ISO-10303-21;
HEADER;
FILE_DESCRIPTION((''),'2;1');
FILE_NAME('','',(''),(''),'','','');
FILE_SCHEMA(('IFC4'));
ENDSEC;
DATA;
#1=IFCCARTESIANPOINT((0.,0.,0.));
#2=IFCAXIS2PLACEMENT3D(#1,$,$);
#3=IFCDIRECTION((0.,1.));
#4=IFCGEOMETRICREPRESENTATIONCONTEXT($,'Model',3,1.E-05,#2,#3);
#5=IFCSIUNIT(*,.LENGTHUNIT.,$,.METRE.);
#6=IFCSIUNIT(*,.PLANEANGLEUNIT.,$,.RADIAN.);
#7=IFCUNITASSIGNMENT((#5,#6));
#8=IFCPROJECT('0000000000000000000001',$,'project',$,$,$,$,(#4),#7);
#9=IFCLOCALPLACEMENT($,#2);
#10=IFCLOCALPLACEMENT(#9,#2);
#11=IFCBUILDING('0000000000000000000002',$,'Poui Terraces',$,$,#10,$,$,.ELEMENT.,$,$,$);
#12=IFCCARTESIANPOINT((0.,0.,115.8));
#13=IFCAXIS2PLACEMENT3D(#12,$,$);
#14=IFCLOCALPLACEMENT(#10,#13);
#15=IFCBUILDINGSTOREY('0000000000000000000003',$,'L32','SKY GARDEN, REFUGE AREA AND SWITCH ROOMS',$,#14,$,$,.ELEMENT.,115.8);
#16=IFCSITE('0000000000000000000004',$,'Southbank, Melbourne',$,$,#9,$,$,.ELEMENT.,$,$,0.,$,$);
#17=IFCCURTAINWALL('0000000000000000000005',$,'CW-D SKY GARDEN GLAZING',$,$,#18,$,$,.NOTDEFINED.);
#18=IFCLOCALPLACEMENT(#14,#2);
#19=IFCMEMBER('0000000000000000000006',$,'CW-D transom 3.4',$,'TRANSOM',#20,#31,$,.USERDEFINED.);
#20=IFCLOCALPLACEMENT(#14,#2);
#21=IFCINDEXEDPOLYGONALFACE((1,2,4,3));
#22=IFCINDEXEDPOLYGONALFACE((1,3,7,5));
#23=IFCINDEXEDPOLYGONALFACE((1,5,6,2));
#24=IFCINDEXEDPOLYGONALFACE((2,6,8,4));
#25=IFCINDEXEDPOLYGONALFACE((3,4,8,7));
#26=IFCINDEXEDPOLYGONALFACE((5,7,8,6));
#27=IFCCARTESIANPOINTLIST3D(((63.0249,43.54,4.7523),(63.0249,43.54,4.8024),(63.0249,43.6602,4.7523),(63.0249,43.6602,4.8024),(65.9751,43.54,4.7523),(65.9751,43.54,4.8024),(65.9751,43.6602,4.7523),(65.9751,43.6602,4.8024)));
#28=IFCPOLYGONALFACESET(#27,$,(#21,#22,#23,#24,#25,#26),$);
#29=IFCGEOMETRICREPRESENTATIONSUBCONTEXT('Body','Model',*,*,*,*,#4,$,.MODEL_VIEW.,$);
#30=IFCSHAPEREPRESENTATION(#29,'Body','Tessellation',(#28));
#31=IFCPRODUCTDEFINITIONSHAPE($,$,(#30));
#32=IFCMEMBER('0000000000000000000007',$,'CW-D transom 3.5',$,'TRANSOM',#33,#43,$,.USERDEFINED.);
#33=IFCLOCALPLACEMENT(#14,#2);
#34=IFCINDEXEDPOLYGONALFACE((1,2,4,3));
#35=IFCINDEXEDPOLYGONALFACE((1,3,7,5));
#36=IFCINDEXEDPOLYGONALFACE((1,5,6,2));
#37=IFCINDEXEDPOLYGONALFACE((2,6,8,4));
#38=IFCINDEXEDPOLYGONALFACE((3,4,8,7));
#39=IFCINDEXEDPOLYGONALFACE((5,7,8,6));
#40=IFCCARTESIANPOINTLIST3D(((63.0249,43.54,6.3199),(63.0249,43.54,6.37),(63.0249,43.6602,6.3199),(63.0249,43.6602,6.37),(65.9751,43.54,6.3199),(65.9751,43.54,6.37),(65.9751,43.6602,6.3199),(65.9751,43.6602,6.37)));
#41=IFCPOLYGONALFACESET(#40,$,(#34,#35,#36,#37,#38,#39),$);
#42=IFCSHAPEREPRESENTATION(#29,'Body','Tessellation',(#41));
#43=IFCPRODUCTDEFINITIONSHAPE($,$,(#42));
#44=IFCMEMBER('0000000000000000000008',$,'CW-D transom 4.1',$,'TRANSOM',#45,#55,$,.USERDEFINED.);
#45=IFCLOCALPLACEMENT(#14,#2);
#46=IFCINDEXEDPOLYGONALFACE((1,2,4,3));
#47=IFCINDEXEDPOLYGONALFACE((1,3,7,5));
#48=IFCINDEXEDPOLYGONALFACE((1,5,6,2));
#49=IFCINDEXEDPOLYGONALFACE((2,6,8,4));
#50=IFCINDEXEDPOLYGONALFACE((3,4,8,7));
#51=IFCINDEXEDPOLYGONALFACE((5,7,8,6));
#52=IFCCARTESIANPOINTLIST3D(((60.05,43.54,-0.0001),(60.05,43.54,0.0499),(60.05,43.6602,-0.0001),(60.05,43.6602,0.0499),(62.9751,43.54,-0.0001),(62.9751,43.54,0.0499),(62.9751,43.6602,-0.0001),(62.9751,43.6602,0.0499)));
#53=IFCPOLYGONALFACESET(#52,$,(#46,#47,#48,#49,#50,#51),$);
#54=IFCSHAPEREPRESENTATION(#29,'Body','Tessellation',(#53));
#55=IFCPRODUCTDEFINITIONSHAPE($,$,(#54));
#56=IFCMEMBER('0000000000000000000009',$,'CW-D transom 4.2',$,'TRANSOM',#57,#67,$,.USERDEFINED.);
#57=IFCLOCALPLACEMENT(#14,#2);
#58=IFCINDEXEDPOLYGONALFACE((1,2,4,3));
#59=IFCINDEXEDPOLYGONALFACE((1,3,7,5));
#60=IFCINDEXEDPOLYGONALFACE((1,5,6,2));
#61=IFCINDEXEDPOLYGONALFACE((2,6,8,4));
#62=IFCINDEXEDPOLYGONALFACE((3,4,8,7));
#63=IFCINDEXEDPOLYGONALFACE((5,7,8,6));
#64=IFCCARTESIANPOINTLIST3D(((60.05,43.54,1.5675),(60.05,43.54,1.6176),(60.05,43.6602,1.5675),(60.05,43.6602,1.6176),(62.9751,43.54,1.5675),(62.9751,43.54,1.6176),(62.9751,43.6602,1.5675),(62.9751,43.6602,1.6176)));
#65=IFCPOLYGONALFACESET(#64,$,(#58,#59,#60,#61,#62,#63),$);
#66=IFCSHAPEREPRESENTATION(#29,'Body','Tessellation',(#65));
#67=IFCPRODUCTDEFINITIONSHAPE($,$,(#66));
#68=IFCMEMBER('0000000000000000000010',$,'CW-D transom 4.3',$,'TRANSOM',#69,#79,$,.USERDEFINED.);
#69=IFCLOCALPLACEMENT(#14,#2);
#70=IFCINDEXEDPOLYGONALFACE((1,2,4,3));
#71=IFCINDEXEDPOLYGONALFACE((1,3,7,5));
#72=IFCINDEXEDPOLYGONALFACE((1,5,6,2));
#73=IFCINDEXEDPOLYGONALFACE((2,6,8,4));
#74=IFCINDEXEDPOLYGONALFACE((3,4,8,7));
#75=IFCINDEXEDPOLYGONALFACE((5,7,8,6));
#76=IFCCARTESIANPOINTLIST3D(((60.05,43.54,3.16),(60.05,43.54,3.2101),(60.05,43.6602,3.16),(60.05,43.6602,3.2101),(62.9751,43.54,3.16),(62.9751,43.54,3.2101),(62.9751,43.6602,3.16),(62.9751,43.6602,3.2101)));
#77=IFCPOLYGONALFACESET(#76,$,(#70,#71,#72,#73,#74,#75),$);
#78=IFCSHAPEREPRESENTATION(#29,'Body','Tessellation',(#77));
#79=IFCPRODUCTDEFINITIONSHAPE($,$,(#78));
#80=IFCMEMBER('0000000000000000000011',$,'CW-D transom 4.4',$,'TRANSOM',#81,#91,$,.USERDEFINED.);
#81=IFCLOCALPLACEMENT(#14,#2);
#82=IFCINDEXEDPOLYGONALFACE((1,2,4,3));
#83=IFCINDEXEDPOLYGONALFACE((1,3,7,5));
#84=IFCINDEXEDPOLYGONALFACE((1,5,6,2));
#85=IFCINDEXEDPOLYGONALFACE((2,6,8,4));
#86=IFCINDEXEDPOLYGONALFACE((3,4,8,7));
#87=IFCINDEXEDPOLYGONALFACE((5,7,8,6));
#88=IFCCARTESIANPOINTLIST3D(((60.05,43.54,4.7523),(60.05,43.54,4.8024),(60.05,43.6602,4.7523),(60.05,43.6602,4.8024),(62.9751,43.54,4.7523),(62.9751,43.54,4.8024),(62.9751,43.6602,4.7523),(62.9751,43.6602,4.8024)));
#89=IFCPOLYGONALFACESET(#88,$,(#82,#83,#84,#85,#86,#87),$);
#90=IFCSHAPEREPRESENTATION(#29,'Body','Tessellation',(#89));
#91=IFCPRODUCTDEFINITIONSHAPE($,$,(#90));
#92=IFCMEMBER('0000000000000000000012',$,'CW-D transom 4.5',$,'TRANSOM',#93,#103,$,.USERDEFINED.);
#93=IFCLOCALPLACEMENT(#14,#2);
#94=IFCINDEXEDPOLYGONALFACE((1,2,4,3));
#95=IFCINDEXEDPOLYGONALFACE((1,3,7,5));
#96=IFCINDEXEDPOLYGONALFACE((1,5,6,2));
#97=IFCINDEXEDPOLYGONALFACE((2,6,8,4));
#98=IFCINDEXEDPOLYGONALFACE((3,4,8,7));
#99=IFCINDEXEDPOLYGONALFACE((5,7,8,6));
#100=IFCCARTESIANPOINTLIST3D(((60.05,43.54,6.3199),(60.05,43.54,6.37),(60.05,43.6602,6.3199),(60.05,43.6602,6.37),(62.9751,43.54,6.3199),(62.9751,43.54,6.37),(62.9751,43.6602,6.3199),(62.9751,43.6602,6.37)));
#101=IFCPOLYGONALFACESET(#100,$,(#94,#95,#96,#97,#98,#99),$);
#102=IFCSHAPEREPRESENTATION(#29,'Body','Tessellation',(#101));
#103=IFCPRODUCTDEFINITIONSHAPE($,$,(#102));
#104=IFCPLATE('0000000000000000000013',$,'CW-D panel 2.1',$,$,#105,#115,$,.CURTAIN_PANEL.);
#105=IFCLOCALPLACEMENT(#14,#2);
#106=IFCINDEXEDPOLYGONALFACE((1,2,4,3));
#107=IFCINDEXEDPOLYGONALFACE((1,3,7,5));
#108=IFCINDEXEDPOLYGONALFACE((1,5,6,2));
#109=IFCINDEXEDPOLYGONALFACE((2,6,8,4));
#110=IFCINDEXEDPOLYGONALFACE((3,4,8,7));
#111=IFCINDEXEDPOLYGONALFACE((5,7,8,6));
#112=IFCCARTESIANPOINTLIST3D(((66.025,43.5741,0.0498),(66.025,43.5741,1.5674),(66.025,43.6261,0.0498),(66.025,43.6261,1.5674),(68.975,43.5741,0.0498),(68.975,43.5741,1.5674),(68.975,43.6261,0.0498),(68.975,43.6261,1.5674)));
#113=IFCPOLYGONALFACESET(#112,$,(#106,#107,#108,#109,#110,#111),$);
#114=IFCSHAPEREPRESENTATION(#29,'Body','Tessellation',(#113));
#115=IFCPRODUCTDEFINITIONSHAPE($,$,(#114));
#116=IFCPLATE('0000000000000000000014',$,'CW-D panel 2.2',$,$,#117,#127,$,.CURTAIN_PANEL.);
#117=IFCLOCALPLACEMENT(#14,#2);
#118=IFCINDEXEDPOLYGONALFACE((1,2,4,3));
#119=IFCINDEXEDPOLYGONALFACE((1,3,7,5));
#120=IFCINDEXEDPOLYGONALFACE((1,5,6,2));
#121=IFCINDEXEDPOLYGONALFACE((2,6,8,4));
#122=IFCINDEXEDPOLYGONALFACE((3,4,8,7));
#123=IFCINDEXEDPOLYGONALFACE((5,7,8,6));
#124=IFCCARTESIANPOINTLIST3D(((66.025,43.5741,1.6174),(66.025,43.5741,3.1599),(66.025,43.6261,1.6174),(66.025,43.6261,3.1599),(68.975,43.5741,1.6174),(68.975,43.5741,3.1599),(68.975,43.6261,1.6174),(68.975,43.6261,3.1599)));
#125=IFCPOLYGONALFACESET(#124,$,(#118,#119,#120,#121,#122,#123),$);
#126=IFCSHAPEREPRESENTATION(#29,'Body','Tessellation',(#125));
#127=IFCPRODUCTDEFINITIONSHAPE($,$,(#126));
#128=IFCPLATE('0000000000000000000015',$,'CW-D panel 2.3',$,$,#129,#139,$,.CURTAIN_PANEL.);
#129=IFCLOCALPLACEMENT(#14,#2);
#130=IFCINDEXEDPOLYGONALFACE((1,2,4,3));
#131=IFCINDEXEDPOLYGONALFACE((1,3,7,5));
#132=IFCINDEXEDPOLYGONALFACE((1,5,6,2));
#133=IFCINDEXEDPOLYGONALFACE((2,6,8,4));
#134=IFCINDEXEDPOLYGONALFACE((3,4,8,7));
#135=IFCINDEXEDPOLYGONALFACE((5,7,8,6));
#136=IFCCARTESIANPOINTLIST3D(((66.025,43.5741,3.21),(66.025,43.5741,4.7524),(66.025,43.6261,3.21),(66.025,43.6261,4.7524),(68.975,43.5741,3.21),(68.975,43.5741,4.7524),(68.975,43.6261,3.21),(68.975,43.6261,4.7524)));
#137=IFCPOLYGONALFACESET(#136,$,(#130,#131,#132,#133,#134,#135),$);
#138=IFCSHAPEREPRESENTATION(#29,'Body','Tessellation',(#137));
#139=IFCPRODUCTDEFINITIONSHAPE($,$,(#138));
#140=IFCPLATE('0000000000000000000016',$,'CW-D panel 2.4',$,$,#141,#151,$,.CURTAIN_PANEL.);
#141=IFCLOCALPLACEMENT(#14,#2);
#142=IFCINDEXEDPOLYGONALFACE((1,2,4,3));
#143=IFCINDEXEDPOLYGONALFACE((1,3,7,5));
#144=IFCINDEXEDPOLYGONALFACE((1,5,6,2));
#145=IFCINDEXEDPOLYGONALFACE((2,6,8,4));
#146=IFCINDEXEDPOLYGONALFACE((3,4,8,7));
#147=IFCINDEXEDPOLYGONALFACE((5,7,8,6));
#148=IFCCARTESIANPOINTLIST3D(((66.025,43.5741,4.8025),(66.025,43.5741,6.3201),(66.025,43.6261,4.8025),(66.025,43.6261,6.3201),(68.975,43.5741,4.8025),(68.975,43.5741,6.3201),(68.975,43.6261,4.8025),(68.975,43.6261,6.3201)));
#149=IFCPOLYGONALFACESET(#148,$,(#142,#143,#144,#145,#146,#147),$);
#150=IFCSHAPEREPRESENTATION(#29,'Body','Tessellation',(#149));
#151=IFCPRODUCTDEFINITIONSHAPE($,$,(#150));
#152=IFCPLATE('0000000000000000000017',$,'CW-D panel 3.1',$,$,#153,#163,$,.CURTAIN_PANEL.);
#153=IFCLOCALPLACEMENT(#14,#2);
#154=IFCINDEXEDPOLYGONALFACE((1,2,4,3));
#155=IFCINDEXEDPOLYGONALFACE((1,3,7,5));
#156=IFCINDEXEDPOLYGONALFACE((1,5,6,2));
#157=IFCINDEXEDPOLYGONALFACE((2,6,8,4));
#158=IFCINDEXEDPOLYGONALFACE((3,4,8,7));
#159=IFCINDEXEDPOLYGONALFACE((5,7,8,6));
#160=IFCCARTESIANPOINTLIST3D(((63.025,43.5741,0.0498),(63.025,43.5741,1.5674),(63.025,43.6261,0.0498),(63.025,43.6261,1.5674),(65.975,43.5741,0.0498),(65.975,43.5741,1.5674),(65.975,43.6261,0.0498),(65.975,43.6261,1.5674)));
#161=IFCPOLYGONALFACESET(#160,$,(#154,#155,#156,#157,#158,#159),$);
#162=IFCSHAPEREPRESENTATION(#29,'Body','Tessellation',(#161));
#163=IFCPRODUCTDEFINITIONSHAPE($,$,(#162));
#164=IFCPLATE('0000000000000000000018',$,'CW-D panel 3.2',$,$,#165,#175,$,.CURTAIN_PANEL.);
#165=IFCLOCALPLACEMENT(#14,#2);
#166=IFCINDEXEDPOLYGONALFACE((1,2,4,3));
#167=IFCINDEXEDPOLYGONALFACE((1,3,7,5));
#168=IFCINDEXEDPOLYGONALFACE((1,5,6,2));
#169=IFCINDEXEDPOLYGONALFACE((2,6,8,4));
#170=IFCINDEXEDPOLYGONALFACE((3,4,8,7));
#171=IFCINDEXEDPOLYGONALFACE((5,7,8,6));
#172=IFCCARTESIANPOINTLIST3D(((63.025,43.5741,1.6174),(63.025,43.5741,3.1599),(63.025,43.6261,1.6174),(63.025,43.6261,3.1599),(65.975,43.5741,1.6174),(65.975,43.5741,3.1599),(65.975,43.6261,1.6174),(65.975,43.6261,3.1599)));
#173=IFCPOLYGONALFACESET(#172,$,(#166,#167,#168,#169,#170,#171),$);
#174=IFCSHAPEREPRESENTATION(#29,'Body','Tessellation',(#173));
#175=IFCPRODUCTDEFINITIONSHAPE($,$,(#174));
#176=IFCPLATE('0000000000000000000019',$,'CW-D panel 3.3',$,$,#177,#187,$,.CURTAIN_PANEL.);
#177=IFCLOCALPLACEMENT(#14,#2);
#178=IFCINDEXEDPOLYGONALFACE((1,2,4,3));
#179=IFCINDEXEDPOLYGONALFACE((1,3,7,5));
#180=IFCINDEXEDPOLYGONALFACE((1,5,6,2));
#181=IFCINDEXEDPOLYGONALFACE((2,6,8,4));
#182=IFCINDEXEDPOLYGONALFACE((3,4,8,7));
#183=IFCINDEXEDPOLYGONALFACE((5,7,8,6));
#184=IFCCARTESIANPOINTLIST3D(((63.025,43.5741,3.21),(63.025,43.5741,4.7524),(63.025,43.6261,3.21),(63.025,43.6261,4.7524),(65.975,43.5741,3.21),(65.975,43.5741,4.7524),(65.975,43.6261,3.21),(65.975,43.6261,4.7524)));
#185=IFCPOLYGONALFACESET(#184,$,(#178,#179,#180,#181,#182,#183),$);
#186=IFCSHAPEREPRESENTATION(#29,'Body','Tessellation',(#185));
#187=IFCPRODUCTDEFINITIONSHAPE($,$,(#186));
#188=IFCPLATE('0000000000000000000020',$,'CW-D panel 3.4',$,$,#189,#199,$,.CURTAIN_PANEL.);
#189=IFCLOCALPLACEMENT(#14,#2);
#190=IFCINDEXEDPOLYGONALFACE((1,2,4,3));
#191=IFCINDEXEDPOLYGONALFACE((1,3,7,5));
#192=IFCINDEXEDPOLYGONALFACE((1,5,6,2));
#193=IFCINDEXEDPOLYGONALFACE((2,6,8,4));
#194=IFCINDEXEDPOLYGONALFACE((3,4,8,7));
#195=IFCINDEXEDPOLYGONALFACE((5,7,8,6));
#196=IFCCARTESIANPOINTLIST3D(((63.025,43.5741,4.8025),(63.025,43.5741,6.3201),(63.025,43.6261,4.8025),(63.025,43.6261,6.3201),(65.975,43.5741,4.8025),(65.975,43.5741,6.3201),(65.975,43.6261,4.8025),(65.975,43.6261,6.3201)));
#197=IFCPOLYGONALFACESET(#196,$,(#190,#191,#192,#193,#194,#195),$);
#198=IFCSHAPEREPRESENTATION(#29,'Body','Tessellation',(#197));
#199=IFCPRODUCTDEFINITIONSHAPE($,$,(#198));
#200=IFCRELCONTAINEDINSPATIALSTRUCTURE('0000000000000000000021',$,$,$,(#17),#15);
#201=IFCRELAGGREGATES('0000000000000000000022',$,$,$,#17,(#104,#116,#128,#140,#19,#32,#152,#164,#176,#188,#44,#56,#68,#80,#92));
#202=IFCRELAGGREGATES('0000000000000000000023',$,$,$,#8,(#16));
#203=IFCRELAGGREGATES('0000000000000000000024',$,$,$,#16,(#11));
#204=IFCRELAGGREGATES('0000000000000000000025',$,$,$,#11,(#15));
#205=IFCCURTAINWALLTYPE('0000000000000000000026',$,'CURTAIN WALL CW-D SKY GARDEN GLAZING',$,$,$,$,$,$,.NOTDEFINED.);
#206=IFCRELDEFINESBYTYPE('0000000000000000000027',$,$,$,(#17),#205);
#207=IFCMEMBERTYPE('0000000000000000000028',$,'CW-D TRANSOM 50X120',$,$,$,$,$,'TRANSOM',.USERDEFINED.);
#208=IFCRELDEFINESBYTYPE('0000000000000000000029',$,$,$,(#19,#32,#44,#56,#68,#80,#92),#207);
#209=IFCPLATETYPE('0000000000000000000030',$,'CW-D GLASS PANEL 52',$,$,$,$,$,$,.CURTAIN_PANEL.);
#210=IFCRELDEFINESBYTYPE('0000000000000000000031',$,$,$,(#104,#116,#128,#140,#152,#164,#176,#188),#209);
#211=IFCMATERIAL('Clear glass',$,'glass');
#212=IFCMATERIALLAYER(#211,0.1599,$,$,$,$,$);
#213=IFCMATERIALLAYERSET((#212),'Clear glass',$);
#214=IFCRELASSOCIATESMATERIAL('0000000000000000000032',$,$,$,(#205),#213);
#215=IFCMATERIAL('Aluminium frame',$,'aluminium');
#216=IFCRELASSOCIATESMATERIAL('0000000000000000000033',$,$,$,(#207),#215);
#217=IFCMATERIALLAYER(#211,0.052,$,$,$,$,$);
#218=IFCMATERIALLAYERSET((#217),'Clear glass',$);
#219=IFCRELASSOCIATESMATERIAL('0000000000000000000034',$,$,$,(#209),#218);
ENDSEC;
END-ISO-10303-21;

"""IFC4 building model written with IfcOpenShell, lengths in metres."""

from ifc_helpers import new_model, si_unit, direction, frame, origin, origin_2d, place, context, subcontext, project, spatial, rectangle, extrude, material, layer, layer_set, material_profile, profile_set, type_object, element, aggregate, save


model = new_model("IFC4")

# Units and contexts
model_context = context("Model", 3, precision=1e-05, world=origin(), true_north=direction((0.0, 1.0)))
body_context = subcontext(model_context, "Body", "Model", "MODEL_VIEW")
ifc_project = project(units=[si_unit("LENGTHUNIT", "METRE"), si_unit("PLANEANGLEUNIT", "RADIAN")], contexts=[model_context])

# Site, building, storey
site_placement = place(None, origin())
site = spatial("IfcSite", under=ifc_project, at=site_placement, Name="Southbank, Melbourne", CompositionType="ELEMENT", RefElevation=0.0)
building_placement = place(site_placement, origin())
building = spatial("IfcBuilding", under=site, at=building_placement, Name="Poui Terraces", CompositionType="ELEMENT")
storey_placement = place(building_placement, frame((0.0, 0.0, 115.8)))
storey = spatial("IfcBuildingStorey", under=building, at=storey_placement, Name="L32", Description="SKY GARDEN, REFUGE AREA AND SWITCH ROOMS", CompositionType="ELEMENT", Elevation=115.8)

# Shared definitions
ifc_material_1 = material(Name="Clear glass", Category="glass")
ifc_layer_1 = layer(ifc_material_1, 0.1599)
ifc_layer_set_1 = layer_set([ifc_layer_1], Name="Clear glass")
curtain_wall_type = type_object("IfcCurtainWallType", Name="CURTAIN WALL CW-D SKY GARDEN GLAZING", PredefinedType="NOTDEFINED", material=ifc_layer_set_1)
ifc_material_2 = material(Name="Aluminium frame", Category="aluminium")

# Curtain wall
curtain_wall_1_placement = place(storey_placement, origin())
curtain_wall_1 = element("IfcCurtainWall", 1, at=curtain_wall_1_placement, inside=storey, type_object=curtain_wall_type, Name="CW-D SKY GARDEN GLAZING", PredefinedType="NOTDEFINED")

# Members
ifc_material_profile_1 = material_profile(ifc_material_2, rectangle(XDim=0.1201, YDim=0.05, at=origin_2d()), Name="CW-D TRANSOM 50X120")
ifc_profile_set_1 = profile_set([ifc_material_profile_1], Name="Aluminium frame")
member_type_1 = type_object("IfcMemberType", Name="CW-D TRANSOM 50X120", ElementType="TRANSOM", PredefinedType="USERDEFINED", material=ifc_profile_set_1)
member_1_placement = place(storey_placement, frame((65.9751, 43.6001, 4.7773), z_axis=(-1.0, 0.0, 0.0), x_axis=(0.0, -1.0, 0.0)))
member_1 = element("IfcMember", 2, at=member_1_placement, type_object=member_type_1, Name="CW-D transom 3.4", ObjectType="TRANSOM", PredefinedType="USERDEFINED", context=body_context, shape_type="SweptSolid", body=[
    extrude(rectangle(XDim=0.1201, YDim=0.05, at=origin_2d()), origin(), (0.0, 0.0, 1.0), 2.9502),
])
member_2_placement = place(storey_placement, frame((65.9751, 43.6001, 6.345), z_axis=(-1.0, 0.0, 0.0), x_axis=(0.0, -1.0, 0.0)))
member_2 = element("IfcMember", 3, at=member_2_placement, type_object=member_type_1, Name="CW-D transom 3.5", ObjectType="TRANSOM", PredefinedType="USERDEFINED", context=body_context, shape_type="SweptSolid", body=[
    extrude(rectangle(XDim=0.1201, YDim=0.05, at=origin_2d()), origin(), (0.0, 0.0, 1.0), 2.9502),
])
member_3_placement = place(storey_placement, frame((62.9751, 43.6001, 0.0249), z_axis=(-1.0, 0.0, 0.0), x_axis=(0.0, -1.0, 0.0)))
member_3 = element("IfcMember", 4, at=member_3_placement, type_object=member_type_1, Name="CW-D transom 4.1", ObjectType="TRANSOM", PredefinedType="USERDEFINED", context=body_context, shape_type="SweptSolid", body=[
    extrude(rectangle(XDim=0.1201, YDim=0.05, at=origin_2d()), origin(), (0.0, 0.0, 1.0), 2.925),
])
member_4_placement = place(storey_placement, frame((62.9751, 43.6001, 1.5925), z_axis=(-1.0, 0.0, 0.0), x_axis=(0.0, -1.0, 0.0)))
member_4 = element("IfcMember", 5, at=member_4_placement, type_object=member_type_1, Name="CW-D transom 4.2", ObjectType="TRANSOM", PredefinedType="USERDEFINED", context=body_context, shape_type="SweptSolid", body=[
    extrude(rectangle(XDim=0.1201, YDim=0.05, at=origin_2d()), origin(), (0.0, 0.0, 1.0), 2.925),
])
member_5_placement = place(storey_placement, frame((62.9751, 43.6001, 3.1851), z_axis=(-1.0, 0.0, 0.0), x_axis=(0.0, -1.0, 0.0)))
member_5 = element("IfcMember", 6, at=member_5_placement, type_object=member_type_1, Name="CW-D transom 4.3", ObjectType="TRANSOM", PredefinedType="USERDEFINED", context=body_context, shape_type="SweptSolid", body=[
    extrude(rectangle(XDim=0.1201, YDim=0.05, at=origin_2d()), origin(), (0.0, 0.0, 1.0), 2.925),
])
member_6_placement = place(storey_placement, frame((62.9751, 43.6001, 4.7773), z_axis=(-1.0, 0.0, 0.0), x_axis=(0.0, -1.0, 0.0)))
member_6 = element("IfcMember", 7, at=member_6_placement, type_object=member_type_1, Name="CW-D transom 4.4", ObjectType="TRANSOM", PredefinedType="USERDEFINED", context=body_context, shape_type="SweptSolid", body=[
    extrude(rectangle(XDim=0.1201, YDim=0.05, at=origin_2d()), origin(), (0.0, 0.0, 1.0), 2.925),
])
member_7_placement = place(storey_placement, frame((62.9751, 43.6001, 6.345), z_axis=(-1.0, 0.0, 0.0), x_axis=(0.0, -1.0, 0.0)))
member_7 = element("IfcMember", 8, at=member_7_placement, type_object=member_type_1, Name="CW-D transom 4.5", ObjectType="TRANSOM", PredefinedType="USERDEFINED", context=body_context, shape_type="SweptSolid", body=[
    extrude(rectangle(XDim=0.1201, YDim=0.05, at=origin_2d()), origin(), (0.0, 0.0, 1.0), 2.925),
])

# Plates
ifc_layer_2 = layer(ifc_material_1, 0.052)
ifc_layer_set_2 = layer_set([ifc_layer_2], Name="Clear glass")
plate_type = type_object("IfcPlateType", Name="CW-D GLASS PANEL 52", PredefinedType="CURTAIN_PANEL", material=ifc_layer_set_2)
plate_1_placement = place(storey_placement, frame((67.5, 43.6001, 0.0498), z_axis=(0.0, 0.0, 1.0), x_axis=(-1.0, 0.0, 0.0)))
plate_1 = element("IfcPlate", 9, at=plate_1_placement, type_object=plate_type, Name="CW-D panel 2.1", PredefinedType="CURTAIN_PANEL", context=body_context, shape_type="SweptSolid", body=[
    extrude(rectangle(XDim=2.95, YDim=0.052, at=origin_2d()), origin(), (0.0, 0.0, 1.0), 1.5176),
])
plate_2_placement = place(storey_placement, frame((67.5, 43.6001, 1.6174), z_axis=(0.0, 0.0, 1.0), x_axis=(-1.0, 0.0, 0.0)))
plate_2 = element("IfcPlate", 10, at=plate_2_placement, type_object=plate_type, Name="CW-D panel 2.2", PredefinedType="CURTAIN_PANEL", context=body_context, shape_type="SweptSolid", body=[
    extrude(rectangle(XDim=2.95, YDim=0.052, at=origin_2d()), origin(), (0.0, 0.0, 1.0), 1.5425),
])
plate_3_placement = place(storey_placement, frame((67.5, 43.6001, 3.21), z_axis=(0.0, 0.0, 1.0), x_axis=(-1.0, 0.0, 0.0)))
plate_3 = element("IfcPlate", 11, at=plate_3_placement, type_object=plate_type, Name="CW-D panel 2.3", PredefinedType="CURTAIN_PANEL", context=body_context, shape_type="SweptSolid", body=[
    extrude(rectangle(XDim=2.95, YDim=0.052, at=origin_2d()), origin(), (0.0, 0.0, 1.0), 1.5425),
])
plate_4_placement = place(storey_placement, frame((67.5, 43.6001, 4.8025), z_axis=(0.0, 0.0, 1.0), x_axis=(-1.0, 0.0, 0.0)))
plate_4 = element("IfcPlate", 12, at=plate_4_placement, type_object=plate_type, Name="CW-D panel 2.4", PredefinedType="CURTAIN_PANEL", context=body_context, shape_type="SweptSolid", body=[
    extrude(rectangle(XDim=2.95, YDim=0.052, at=origin_2d()), origin(), (0.0, 0.0, 1.0), 1.5176),
])
plate_5_placement = place(storey_placement, frame((64.5, 43.6001, 0.0498), z_axis=(0.0, 0.0, 1.0), x_axis=(-1.0, 0.0, 0.0)))
plate_5 = element("IfcPlate", 13, at=plate_5_placement, type_object=plate_type, Name="CW-D panel 3.1", PredefinedType="CURTAIN_PANEL", context=body_context, shape_type="SweptSolid", body=[
    extrude(rectangle(XDim=2.95, YDim=0.052, at=origin_2d()), origin(), (0.0, 0.0, 1.0), 1.5176),
])
plate_6_placement = place(storey_placement, frame((64.5, 43.6001, 1.6174), z_axis=(0.0, 0.0, 1.0), x_axis=(-1.0, 0.0, 0.0)))
plate_6 = element("IfcPlate", 14, at=plate_6_placement, type_object=plate_type, Name="CW-D panel 3.2", PredefinedType="CURTAIN_PANEL", context=body_context, shape_type="SweptSolid", body=[
    extrude(rectangle(XDim=2.95, YDim=0.052, at=origin_2d()), origin(), (0.0, 0.0, 1.0), 1.5425),
])
plate_7_placement = place(storey_placement, frame((64.5, 43.6001, 3.21), z_axis=(0.0, 0.0, 1.0), x_axis=(-1.0, 0.0, 0.0)))
plate_7 = element("IfcPlate", 15, at=plate_7_placement, type_object=plate_type, Name="CW-D panel 3.3", PredefinedType="CURTAIN_PANEL", context=body_context, shape_type="SweptSolid", body=[
    extrude(rectangle(XDim=2.95, YDim=0.052, at=origin_2d()), origin(), (0.0, 0.0, 1.0), 1.5425),
])
plate_8_placement = place(storey_placement, frame((64.5, 43.6001, 4.8025), z_axis=(0.0, 0.0, 1.0), x_axis=(-1.0, 0.0, 0.0)))
plate_8 = element("IfcPlate", 16, at=plate_8_placement, type_object=plate_type, Name="CW-D panel 3.4", PredefinedType="CURTAIN_PANEL", context=body_context, shape_type="SweptSolid", body=[
    extrude(rectangle(XDim=2.95, YDim=0.052, at=origin_2d()), origin(), (0.0, 0.0, 1.0), 1.5176),
])
aggregate(curtain_wall_1, [plate_1, plate_2, plate_3, plate_4, member_1, member_2, plate_5, plate_6, plate_7, plate_8, member_3, member_4, member_5, member_6, member_7])

save(model, "model.ifc")
